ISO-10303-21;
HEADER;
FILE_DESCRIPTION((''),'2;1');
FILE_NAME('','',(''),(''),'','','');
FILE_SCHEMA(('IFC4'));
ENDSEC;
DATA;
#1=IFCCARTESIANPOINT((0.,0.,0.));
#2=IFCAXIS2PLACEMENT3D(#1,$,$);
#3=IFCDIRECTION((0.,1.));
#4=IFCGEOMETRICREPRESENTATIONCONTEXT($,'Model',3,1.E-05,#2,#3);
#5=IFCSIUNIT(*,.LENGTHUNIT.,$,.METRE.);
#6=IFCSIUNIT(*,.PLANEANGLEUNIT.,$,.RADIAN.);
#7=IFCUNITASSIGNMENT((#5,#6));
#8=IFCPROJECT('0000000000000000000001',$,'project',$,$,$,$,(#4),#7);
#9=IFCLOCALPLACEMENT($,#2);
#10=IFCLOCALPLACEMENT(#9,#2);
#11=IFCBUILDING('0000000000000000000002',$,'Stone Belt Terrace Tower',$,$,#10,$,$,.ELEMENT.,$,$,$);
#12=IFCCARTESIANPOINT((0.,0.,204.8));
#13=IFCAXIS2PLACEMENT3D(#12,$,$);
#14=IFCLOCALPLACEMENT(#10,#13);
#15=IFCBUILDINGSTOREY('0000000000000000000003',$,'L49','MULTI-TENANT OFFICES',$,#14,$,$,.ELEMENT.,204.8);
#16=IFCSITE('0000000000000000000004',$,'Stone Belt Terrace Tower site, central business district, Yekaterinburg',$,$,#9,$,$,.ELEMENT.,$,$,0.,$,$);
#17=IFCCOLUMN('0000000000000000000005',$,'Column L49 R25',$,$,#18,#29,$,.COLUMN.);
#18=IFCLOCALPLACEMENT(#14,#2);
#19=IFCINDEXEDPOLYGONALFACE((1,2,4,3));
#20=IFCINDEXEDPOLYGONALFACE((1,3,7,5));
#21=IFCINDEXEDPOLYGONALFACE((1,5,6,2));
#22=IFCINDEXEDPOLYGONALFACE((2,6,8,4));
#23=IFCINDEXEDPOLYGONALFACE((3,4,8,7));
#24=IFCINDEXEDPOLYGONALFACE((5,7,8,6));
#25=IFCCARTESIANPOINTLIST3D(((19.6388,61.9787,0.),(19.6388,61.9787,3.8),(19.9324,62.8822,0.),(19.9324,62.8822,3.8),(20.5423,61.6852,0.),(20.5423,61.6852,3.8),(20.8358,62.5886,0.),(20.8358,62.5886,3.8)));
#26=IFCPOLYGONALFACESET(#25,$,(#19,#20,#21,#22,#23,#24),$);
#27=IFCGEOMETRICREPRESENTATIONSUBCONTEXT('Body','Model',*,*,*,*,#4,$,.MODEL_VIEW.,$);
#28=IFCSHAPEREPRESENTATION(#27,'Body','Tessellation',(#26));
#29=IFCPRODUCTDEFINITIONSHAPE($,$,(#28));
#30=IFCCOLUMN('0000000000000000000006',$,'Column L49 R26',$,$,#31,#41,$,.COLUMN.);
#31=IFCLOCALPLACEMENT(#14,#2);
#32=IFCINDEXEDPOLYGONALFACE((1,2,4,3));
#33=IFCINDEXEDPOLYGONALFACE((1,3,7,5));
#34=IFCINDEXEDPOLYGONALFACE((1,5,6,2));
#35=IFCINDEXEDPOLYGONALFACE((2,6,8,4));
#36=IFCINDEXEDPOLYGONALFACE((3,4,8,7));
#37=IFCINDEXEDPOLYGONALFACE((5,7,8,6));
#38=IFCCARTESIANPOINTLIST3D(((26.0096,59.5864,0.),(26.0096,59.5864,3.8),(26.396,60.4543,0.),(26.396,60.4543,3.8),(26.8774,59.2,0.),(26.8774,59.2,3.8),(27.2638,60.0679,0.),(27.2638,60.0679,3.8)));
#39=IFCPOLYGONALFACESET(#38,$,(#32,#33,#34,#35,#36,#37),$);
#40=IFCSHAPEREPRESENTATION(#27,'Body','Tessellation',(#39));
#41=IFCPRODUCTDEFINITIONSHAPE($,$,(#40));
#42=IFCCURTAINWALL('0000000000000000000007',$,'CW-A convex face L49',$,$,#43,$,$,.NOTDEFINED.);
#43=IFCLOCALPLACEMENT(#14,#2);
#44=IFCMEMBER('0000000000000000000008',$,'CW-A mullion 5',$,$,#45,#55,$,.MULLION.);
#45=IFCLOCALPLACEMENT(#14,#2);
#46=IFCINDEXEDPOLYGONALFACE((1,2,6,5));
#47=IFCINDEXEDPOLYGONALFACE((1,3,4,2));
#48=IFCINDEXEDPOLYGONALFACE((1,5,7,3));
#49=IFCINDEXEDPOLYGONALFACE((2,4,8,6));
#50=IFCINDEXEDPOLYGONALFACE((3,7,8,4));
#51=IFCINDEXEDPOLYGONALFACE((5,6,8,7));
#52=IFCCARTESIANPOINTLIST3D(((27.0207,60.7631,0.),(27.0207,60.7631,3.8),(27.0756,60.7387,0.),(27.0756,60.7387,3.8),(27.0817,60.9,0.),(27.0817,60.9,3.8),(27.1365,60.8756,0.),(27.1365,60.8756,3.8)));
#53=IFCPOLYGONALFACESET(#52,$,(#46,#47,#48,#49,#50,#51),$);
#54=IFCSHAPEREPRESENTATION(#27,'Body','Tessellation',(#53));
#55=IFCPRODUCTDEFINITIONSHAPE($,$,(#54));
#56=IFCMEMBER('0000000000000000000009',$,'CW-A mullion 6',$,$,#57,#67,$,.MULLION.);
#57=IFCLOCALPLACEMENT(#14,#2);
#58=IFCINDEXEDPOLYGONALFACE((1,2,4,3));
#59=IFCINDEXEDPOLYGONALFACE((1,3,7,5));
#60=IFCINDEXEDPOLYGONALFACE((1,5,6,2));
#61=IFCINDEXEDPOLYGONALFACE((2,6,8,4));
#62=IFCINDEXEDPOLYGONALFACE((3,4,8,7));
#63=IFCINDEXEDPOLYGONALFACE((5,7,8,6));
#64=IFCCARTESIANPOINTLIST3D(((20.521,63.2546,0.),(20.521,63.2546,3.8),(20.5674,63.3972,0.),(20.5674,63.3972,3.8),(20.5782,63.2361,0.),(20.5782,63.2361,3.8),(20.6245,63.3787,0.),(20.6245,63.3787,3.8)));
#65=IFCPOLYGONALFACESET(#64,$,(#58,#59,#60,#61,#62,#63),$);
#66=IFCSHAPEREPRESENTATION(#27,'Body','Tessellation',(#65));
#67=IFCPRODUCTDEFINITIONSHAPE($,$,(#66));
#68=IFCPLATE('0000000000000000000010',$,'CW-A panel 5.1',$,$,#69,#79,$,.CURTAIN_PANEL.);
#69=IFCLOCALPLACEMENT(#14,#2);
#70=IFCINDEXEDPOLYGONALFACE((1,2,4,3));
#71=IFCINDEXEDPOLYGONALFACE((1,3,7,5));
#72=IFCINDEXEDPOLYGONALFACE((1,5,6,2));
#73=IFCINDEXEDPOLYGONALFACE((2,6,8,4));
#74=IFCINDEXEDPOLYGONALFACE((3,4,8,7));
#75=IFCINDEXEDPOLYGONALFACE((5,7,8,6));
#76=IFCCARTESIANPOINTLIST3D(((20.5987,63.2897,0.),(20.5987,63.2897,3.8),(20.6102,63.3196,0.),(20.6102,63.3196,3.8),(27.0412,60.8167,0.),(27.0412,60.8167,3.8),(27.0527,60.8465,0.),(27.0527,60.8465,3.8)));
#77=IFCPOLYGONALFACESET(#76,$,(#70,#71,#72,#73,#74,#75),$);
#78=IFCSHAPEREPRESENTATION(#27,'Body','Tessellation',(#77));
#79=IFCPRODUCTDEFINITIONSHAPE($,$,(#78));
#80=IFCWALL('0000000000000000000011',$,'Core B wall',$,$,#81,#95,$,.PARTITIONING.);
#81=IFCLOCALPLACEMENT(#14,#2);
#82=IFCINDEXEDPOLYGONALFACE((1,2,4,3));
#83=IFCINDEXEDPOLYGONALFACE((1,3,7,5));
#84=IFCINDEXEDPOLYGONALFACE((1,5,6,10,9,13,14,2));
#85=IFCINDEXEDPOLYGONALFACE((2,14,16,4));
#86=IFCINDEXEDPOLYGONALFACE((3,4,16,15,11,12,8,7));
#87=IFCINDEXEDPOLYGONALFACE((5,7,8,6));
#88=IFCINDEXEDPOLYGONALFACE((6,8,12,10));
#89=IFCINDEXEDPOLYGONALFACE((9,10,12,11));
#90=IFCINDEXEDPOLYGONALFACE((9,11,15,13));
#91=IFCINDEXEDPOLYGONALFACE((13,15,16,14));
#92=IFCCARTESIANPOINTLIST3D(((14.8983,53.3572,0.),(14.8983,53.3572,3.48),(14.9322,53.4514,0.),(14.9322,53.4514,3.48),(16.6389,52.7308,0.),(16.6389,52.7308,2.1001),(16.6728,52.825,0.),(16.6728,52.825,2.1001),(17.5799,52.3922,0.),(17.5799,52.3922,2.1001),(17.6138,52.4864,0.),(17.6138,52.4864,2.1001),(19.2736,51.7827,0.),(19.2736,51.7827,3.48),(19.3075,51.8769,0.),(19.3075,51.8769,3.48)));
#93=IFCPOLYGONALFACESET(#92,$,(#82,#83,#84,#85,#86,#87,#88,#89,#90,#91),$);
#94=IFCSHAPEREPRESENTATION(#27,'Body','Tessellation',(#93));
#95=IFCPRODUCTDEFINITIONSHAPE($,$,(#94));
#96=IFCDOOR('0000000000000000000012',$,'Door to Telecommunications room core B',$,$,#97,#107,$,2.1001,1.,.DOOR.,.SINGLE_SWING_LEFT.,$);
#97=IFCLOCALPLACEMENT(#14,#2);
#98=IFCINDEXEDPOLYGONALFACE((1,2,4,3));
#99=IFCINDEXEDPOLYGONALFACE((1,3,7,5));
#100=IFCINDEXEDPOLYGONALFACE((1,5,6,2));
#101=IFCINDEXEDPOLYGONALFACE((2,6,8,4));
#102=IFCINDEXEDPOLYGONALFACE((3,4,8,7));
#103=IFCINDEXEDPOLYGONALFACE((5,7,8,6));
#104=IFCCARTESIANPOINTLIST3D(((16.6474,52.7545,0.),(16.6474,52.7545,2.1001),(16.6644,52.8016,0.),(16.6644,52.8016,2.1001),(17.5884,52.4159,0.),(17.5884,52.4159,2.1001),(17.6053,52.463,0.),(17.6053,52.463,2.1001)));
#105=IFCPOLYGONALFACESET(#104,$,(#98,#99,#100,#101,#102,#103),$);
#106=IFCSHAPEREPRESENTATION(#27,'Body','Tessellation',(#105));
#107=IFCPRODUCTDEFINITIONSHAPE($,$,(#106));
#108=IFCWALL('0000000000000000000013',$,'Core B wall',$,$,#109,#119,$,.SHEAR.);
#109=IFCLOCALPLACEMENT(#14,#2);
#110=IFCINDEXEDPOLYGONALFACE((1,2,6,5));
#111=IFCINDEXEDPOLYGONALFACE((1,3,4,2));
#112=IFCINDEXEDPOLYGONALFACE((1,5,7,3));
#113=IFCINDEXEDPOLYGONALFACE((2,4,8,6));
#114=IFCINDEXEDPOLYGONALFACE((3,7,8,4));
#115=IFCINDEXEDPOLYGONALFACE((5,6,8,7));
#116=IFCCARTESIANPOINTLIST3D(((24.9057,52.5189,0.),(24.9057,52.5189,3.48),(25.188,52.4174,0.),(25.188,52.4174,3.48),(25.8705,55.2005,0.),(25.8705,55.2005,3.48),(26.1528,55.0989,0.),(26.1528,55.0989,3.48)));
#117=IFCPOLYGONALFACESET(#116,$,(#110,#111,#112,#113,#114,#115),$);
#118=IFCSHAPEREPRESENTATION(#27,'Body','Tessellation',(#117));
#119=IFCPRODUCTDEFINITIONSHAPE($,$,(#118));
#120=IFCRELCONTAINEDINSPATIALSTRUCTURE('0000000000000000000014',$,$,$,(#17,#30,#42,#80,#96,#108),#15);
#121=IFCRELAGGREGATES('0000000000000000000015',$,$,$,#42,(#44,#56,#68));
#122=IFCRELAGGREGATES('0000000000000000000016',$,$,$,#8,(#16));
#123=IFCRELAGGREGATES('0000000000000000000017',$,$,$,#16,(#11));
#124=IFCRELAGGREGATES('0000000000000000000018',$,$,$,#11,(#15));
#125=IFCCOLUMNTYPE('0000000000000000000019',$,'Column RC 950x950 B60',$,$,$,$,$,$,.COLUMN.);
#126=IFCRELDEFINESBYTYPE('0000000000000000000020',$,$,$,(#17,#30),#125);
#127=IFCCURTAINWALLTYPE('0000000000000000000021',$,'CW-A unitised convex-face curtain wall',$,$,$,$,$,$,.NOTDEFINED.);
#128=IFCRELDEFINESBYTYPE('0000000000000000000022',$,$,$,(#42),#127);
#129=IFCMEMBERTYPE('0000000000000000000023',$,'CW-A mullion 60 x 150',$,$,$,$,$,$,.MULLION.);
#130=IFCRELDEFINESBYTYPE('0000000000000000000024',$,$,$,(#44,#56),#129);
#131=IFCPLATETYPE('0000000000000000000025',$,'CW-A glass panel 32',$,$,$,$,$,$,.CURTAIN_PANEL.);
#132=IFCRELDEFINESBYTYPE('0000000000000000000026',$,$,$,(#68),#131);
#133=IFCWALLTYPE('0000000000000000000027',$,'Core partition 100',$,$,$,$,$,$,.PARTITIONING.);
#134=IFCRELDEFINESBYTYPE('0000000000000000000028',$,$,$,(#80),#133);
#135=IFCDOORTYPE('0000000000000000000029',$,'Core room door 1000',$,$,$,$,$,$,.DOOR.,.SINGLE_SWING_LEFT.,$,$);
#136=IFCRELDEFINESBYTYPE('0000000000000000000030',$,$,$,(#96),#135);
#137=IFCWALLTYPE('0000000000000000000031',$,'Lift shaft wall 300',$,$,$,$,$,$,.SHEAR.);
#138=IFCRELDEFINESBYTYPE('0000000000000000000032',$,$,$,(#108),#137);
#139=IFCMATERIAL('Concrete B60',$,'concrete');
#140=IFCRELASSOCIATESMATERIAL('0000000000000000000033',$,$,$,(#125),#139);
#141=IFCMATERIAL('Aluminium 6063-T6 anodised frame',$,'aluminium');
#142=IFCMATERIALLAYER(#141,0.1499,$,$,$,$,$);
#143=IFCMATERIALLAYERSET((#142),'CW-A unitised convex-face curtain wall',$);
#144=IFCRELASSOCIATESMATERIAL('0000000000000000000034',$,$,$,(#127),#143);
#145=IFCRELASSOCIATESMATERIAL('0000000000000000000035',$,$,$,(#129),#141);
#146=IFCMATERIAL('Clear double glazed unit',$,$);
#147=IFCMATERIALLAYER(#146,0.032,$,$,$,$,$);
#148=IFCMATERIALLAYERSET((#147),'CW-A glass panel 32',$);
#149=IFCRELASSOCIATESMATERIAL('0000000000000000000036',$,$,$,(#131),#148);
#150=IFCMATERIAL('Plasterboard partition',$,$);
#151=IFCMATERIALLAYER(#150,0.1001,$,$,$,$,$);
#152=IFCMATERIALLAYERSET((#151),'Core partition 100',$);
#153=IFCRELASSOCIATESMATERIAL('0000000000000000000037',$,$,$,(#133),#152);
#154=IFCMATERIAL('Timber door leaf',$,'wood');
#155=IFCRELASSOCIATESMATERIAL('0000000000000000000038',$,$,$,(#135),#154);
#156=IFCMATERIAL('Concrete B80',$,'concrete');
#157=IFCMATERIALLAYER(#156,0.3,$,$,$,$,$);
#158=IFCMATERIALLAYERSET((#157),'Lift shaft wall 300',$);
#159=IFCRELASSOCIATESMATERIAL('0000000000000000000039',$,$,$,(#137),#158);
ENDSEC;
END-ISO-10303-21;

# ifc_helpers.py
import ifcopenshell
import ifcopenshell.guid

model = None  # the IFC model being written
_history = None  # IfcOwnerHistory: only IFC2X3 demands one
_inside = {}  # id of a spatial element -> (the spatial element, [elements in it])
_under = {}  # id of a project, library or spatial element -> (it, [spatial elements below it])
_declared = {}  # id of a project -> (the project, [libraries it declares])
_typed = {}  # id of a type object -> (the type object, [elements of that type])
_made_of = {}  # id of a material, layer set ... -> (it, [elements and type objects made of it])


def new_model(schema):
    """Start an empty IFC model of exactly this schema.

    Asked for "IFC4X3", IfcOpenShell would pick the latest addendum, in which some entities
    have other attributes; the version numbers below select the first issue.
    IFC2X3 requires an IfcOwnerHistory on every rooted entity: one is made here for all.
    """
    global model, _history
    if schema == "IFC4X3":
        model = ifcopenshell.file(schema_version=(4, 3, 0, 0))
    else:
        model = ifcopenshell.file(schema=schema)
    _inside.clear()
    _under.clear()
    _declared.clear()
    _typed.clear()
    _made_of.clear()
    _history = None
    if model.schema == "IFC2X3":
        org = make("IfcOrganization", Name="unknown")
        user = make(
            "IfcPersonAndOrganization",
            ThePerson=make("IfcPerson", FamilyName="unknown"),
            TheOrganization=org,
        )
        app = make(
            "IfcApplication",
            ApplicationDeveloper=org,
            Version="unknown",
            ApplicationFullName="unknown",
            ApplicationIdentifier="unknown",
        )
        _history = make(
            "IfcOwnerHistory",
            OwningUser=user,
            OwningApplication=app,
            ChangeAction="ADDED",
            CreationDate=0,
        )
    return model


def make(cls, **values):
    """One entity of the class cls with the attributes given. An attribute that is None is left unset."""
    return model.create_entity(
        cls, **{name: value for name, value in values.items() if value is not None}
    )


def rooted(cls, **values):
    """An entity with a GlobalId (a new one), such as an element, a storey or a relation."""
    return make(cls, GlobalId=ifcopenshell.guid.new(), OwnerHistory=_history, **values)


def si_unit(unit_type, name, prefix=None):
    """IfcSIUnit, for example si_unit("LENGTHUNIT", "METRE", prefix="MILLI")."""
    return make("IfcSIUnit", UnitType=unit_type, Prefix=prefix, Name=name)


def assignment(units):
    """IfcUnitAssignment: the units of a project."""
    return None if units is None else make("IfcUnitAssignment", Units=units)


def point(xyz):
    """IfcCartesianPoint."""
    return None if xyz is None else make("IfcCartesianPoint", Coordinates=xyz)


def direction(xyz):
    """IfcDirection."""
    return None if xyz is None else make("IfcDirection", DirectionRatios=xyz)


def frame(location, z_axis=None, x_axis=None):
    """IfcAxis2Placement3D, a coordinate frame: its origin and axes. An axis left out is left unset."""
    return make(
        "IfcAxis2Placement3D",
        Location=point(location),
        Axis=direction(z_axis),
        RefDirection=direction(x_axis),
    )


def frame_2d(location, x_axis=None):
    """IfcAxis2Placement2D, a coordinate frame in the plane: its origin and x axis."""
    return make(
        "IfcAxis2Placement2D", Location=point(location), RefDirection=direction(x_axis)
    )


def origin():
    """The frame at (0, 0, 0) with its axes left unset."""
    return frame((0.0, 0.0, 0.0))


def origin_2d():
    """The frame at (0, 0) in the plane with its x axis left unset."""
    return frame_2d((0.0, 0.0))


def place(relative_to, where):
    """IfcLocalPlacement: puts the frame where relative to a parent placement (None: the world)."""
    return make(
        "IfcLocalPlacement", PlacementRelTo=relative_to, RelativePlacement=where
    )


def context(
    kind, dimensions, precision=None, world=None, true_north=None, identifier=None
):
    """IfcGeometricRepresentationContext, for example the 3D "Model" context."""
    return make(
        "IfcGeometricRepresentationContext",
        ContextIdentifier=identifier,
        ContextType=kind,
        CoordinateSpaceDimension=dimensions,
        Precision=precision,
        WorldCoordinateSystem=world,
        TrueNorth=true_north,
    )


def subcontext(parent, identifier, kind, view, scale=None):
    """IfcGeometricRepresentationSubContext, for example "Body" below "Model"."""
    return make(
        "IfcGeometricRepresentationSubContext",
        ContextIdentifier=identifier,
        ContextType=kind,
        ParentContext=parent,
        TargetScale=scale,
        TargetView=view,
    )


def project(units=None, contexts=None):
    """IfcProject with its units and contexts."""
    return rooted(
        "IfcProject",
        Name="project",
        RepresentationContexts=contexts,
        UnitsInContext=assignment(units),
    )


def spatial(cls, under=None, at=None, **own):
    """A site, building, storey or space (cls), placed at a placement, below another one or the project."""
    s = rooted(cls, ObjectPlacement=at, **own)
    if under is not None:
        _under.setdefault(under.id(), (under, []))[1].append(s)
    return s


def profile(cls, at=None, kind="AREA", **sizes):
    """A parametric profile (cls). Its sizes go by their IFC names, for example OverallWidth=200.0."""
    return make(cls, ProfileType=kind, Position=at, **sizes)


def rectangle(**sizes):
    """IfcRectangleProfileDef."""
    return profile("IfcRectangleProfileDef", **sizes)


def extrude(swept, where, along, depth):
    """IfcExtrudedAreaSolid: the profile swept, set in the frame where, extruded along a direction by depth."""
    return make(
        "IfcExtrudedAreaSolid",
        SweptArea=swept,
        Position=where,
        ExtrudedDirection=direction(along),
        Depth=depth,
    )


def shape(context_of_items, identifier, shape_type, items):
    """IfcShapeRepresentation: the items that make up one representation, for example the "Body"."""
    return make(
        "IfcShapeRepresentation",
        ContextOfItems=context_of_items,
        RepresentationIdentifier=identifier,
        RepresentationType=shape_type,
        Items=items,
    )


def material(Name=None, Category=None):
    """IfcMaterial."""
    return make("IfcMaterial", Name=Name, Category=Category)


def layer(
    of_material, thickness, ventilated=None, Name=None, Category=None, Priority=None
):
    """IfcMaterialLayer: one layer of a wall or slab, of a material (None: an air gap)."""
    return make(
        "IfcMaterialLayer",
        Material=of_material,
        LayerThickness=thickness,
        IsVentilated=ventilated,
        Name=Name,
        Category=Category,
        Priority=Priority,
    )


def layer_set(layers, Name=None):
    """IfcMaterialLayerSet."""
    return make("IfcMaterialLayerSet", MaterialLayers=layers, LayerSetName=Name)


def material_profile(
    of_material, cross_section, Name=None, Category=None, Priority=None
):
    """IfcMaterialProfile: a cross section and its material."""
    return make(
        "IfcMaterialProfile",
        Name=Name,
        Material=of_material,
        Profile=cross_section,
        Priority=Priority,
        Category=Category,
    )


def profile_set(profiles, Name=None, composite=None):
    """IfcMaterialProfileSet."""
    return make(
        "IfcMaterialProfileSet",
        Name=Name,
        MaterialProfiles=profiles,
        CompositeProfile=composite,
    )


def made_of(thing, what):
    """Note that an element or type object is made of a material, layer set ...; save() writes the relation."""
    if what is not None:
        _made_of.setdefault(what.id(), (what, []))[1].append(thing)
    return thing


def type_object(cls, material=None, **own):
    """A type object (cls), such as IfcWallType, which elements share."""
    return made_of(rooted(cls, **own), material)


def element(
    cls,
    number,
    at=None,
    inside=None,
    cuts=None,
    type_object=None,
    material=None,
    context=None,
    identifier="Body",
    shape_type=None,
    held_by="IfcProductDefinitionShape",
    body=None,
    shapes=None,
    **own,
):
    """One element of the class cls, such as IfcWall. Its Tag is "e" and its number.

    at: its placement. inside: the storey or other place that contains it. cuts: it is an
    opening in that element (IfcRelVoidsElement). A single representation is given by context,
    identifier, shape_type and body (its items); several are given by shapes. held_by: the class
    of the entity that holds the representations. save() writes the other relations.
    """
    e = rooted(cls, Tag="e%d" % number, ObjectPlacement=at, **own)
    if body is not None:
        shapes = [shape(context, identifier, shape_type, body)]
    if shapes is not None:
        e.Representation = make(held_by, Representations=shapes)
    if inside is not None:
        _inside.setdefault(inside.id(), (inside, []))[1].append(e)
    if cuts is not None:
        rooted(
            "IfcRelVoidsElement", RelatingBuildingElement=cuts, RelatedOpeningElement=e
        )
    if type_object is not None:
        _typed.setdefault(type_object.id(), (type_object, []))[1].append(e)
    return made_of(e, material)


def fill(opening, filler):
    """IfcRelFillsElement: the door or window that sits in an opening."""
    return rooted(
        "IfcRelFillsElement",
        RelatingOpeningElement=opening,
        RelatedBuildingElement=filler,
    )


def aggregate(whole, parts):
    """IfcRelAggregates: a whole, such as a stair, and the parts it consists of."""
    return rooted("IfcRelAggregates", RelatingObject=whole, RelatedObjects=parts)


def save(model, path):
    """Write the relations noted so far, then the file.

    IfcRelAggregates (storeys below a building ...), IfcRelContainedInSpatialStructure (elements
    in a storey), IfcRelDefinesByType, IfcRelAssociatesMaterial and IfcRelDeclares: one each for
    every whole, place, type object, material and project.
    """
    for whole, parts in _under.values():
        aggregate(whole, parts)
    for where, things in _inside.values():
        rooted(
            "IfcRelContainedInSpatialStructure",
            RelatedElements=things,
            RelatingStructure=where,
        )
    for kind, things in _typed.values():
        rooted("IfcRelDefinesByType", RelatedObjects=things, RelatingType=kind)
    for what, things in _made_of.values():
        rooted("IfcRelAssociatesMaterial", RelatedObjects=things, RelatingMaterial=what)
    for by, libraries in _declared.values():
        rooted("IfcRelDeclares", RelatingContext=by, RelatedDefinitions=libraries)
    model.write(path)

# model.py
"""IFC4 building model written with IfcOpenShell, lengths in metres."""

from ifc_helpers import new_model, si_unit, direction, frame, frame_2d, origin, origin_2d, place, context, subcontext, project, spatial, rectangle, extrude, material, layer, layer_set, material_profile, profile_set, type_object, element, fill, aggregate, save


model = new_model("IFC4")

# Units and contexts
model_context = context("Model", 3, precision=1e-05, world=origin(), true_north=direction((0.0, 1.0)))
body_context = subcontext(model_context, "Body", "Model", "MODEL_VIEW")
ifc_project = project(units=[si_unit("LENGTHUNIT", "METRE"), si_unit("PLANEANGLEUNIT", "RADIAN")], contexts=[model_context])

# Site, building, storey
site_placement = place(None, origin())
site = spatial("IfcSite", under=ifc_project, at=site_placement, Name="Stone Belt Terrace Tower site, central business district, Yekaterinburg", CompositionType="ELEMENT", RefElevation=0.0)
building_placement = place(site_placement, origin())
building = spatial("IfcBuilding", under=site, at=building_placement, Name="Stone Belt Terrace Tower", CompositionType="ELEMENT")
storey_placement = place(building_placement, frame((0.0, 0.0, 204.8)))
storey = spatial("IfcBuildingStorey", under=building, at=storey_placement, Name="L49", Description="MULTI-TENANT OFFICES", CompositionType="ELEMENT", Elevation=204.8)

# Columns
ifc_material_1 = material(Name="Concrete B60", Category="concrete")
ifc_material_profile_1 = material_profile(ifc_material_1, rectangle(XDim=0.95, YDim=0.95, at=origin_2d()), Name="RC 950x950")
ifc_profile_set_1 = profile_set([ifc_material_profile_1], Name="Concrete B60")
column_type = type_object("IfcColumnType", Name="Column RC 950x950 B60", PredefinedType="COLUMN", material=ifc_profile_set_1)
for number, where, z_axis, x_axis, name in (
    (1, (20.2373, 62.2837, 0.0), (0.0, 0.0, 1.0), (0.951057, -0.309017, 0.0), "Column L49 R25"),
    (2, (26.6367, 59.8271, 0.0), (0.0, 0.0, 1.0), (0.913545, -0.406737, 0.0), "Column L49 R26"),
):
    element("IfcColumn", number, at=place(storey_placement, frame(where, z_axis=z_axis, x_axis=x_axis)), inside=storey, type_object=column_type, Name=name, PredefinedType="COLUMN", context=body_context, shape_type="SweptSolid", body=[
        extrude(rectangle(XDim=0.95, YDim=0.95, at=origin_2d()), origin(), (0.0, 0.0, 1.0), 3.8),
    ])

# Curtain wall, members, plate
ifc_material_2 = material(Name="Aluminium 6063-T6 anodised frame", Category="aluminium")
ifc_layer_1 = layer(ifc_material_2, 0.1499)
ifc_layer_set_1 = layer_set([ifc_layer_1], Name="CW-A unitised convex-face curtain wall")
curtain_wall_type = type_object("IfcCurtainWallType", Name="CW-A unitised convex-face curtain wall", PredefinedType="NOTDEFINED", material=ifc_layer_set_1)
curtain_wall_placement = place(storey_placement, origin())
curtain_wall = element("IfcCurtainWall", 3, at=curtain_wall_placement, inside=storey, type_object=curtain_wall_type, Name="CW-A convex face L49", PredefinedType="NOTDEFINED")
ifc_material_profile_2 = material_profile(ifc_material_2, rectangle(XDim=0.1499, YDim=0.0601, at=origin_2d()), Name="Aluminium 6063-T6 60x150")
ifc_profile_set_2 = profile_set([ifc_material_profile_2], Name="Aluminium 6063-T6 anodised frame")
member_type = type_object("IfcMemberType", Name="CW-A mullion 60 x 150", PredefinedType="MULLION", material=ifc_profile_set_2)
member_1_placement = place(storey_placement, frame((27.0786, 60.8193, 0.0), z_axis=(0.0, 0.0, 1.0), x_axis=(-0.406737, -0.913545, 0.0)))
member_1 = element("IfcMember", 4, at=member_1_placement, type_object=member_type, Name="CW-A mullion 5", PredefinedType="MULLION", context=body_context, shape_type="SweptSolid", body=[
    extrude(rectangle(XDim=0.1499, YDim=0.0601, at=origin_2d()), origin(), (0.0, 0.0, 1.0), 3.8),
])
member_2_placement = place(storey_placement, frame((20.5728, 63.3167, 0.0), z_axis=(0.0, 0.0, 1.0), x_axis=(-0.309017, -0.951057, 0.0)))
member_2 = element("IfcMember", 5, at=member_2_placement, type_object=member_type, Name="CW-A mullion 6", PredefinedType="MULLION", context=body_context, shape_type="SweptSolid", body=[
    extrude(rectangle(XDim=0.1499, YDim=0.0601, at=origin_2d()), origin(), (0.0, 0.0, 1.0), 3.8),
])
ifc_material_3 = material(Name="Clear double glazed unit")
ifc_layer_2 = layer(ifc_material_3, 0.032)
ifc_layer_set_2 = layer_set([ifc_layer_2], Name="CW-A glass panel 32")
plate_type = type_object("IfcPlateType", Name="CW-A glass panel 32", PredefinedType="CURTAIN_PANEL", material=ifc_layer_set_2)
plate_placement = place(storey_placement, frame((23.8257, 62.0681, 0.0), z_axis=(0.0, 0.0, 1.0), x_axis=(-0.93358, 0.358368, 0.0)))
plate = element("IfcPlate", 6, at=plate_placement, type_object=plate_type, Name="CW-A panel 5.1", PredefinedType="CURTAIN_PANEL", context=body_context, shape_type="SweptSolid", body=[
    extrude(rectangle(XDim=6.9009, YDim=0.032, at=origin_2d()), origin(), (0.0, 0.0, 1.0), 3.8),
])
aggregate(curtain_wall, [member_1, member_2, plate])

# Wall, opening, door
ifc_material_4 = material(Name="Plasterboard partition")
ifc_layer_3 = layer(ifc_material_4, 0.1001)
ifc_layer_set_3 = layer_set([ifc_layer_3], Name="Core partition 100")
wall_type_1 = type_object("IfcWallType", Name="Core partition 100", PredefinedType="PARTITIONING", material=ifc_layer_set_3)
wall_1_placement = place(storey_placement, frame((19.2905, 51.8298, 0.0), z_axis=(0.0, 0.0, 1.0), x_axis=(-0.94093, 0.3386, 0.0)))
wall_1 = element("IfcWall", 7, at=wall_1_placement, inside=storey, type_object=wall_type_1, Name="Core B wall", PredefinedType="PARTITIONING", context=body_context, shape_type="SweptSolid", body=[
    extrude(rectangle(XDim=4.6499, YDim=0.1001, at=frame_2d((2.325, 0.0))), origin(), (0.0, 0.0, 1.0), 3.48),
])
opening_1_placement = place(wall_1_placement, frame((1.8, 0.0, 0.0)))
opening_1 = element("IfcOpeningElement", 8, at=opening_1_placement, cuts=wall_1, PredefinedType="OPENING", context=body_context, shape_type="SweptSolid", body=[
    extrude(rectangle(XDim=1.0, YDim=2.1001, at=frame_2d((0.5, 1.05))), frame((0.0, 0.0601, 0.0), z_axis=(0.0, -1.0, 0.0), x_axis=(1.0, 0.0, 0.0)), (0.0, 0.0, 1.0), 0.1201),
])
ifc_material_5 = material(Name="Timber door leaf", Category="wood")
door_type_1 = type_object("IfcDoorType", Name="Core room door 1000", OperationType="SINGLE_SWING_LEFT", PredefinedType="DOOR", material=ifc_material_5)
door_1_placement = place(opening_1_placement, origin())
door_1 = element("IfcDoor", 9, at=door_1_placement, inside=storey, type_object=door_type_1, Name="Door to Telecommunications room core B", OperationType="SINGLE_SWING_LEFT", OverallHeight=2.1001, OverallWidth=1.0, PredefinedType="DOOR", context=body_context, shape_type="SweptSolid", body=[
    extrude(rectangle(XDim=1.0, YDim=2.1001, at=frame_2d((0.5, 1.05))), frame((0.0, 0.0249, 0.0), z_axis=(0.0, -1.0, 0.0), x_axis=(1.0, 0.0, 0.0)), (0.0, 0.0, 1.0), 0.05),
])
fill(opening_1, door_1)

# Wall
ifc_material_6 = material(Name="Concrete B80", Category="concrete")
ifc_layer_4 = layer(ifc_material_6, 0.3)
ifc_layer_set_4 = layer_set([ifc_layer_4], Name="Lift shaft wall 300")
wall_type_2 = type_object("IfcWallType", Name="Lift shaft wall 300", PredefinedType="SHEAR", material=ifc_layer_set_4)
wall_2_placement = place(storey_placement, frame((25.0469, 52.4683, 0.0), z_axis=(0.0, 0.0, 1.0), x_axis=(0.33855, 0.940949, 0.0)))
element("IfcWall", 10, at=wall_2_placement, inside=storey, type_object=wall_type_2, Name="Core B wall", PredefinedType="SHEAR", context=body_context, shape_type="SweptSolid", body=[
    extrude(rectangle(XDim=2.8499, YDim=0.3, at=frame_2d((1.4248, 0.0))), origin(), (0.0, 0.0, 1.0), 3.48),
])

save(model, "model.ifc")
